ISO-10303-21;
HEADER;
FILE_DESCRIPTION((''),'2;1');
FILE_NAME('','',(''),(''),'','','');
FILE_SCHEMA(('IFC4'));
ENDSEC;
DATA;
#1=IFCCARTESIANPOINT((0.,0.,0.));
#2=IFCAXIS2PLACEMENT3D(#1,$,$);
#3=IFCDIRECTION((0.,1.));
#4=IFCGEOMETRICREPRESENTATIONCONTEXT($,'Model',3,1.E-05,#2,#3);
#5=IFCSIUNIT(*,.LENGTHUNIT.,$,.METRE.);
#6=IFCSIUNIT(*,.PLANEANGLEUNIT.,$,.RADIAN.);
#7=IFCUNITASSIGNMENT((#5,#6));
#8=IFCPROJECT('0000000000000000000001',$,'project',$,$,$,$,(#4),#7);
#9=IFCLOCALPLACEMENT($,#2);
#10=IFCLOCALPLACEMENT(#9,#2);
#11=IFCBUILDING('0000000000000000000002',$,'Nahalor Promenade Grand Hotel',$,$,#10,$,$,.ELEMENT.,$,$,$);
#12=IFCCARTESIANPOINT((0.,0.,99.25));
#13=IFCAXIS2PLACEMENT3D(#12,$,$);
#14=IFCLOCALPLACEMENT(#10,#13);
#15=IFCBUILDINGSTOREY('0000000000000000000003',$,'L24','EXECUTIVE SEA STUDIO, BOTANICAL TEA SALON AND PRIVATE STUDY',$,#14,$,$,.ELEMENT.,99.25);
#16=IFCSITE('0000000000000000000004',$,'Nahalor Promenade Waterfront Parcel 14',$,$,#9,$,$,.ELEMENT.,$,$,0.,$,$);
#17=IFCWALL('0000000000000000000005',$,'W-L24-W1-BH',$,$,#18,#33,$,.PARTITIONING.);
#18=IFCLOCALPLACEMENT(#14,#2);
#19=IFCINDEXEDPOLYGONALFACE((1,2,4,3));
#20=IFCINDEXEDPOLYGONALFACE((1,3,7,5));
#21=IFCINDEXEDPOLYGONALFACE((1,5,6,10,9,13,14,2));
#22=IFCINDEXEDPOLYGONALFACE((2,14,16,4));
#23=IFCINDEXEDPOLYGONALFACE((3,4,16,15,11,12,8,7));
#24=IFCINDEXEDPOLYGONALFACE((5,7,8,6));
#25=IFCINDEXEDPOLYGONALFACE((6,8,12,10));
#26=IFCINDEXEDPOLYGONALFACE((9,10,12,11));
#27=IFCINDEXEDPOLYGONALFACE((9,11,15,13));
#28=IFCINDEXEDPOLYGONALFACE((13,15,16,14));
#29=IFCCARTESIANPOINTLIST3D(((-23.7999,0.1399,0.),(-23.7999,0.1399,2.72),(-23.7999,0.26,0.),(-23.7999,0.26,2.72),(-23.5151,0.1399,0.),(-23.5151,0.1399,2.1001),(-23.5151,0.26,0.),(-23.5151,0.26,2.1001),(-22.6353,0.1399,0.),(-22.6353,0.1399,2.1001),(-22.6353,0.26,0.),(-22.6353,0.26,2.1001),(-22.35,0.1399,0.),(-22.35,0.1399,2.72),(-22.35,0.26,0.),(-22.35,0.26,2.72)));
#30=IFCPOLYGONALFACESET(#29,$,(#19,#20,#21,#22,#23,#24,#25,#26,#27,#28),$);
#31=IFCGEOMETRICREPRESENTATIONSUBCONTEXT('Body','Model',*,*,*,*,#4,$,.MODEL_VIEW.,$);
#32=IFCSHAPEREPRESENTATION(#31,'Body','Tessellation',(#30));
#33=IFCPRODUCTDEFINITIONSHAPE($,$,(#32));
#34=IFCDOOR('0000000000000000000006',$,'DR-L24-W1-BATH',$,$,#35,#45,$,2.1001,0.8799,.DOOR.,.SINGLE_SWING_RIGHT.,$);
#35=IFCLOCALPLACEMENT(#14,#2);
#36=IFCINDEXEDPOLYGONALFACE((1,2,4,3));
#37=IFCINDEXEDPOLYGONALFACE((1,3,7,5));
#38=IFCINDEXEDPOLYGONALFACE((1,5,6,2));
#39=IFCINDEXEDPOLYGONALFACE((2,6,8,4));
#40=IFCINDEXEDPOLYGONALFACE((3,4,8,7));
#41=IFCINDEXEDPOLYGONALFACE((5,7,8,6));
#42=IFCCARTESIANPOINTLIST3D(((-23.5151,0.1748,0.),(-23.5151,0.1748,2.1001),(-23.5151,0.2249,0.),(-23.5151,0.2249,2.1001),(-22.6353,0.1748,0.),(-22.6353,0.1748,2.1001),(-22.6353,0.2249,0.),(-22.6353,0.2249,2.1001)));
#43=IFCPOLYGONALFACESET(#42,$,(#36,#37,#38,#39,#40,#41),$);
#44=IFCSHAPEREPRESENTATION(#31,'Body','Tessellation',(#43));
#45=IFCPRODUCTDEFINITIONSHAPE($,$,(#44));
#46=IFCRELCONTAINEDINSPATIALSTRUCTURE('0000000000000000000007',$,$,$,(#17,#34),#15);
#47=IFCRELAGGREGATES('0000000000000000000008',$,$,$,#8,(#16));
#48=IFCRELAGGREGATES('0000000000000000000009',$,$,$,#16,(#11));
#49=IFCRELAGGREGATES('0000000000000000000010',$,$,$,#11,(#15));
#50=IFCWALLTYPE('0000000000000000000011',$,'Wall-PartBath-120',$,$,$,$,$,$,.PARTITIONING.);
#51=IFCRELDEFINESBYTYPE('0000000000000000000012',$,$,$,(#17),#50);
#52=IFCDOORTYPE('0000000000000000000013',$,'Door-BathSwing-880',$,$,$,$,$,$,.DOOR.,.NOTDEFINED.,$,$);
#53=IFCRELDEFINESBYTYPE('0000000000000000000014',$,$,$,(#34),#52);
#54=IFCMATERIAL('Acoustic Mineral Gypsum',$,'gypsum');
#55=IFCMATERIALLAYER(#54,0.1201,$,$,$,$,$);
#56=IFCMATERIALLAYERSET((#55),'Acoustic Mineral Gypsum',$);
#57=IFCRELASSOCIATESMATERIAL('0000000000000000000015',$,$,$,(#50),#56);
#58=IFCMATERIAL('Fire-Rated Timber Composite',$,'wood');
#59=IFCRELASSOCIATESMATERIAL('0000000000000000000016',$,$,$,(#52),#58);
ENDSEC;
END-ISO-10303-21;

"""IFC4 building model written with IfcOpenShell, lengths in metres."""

from ifc_helpers import new_model, si_unit, direction, frame, frame_2d, origin, place, context, subcontext, project, spatial, rectangle, extrude, source, transform, mapped, material, layer, layer_set, type_object, element, fill, save


model = new_model("IFC4")

# Units and contexts
model_context = context("Model", 3, precision=1e-05, world=origin(), true_north=direction((0.0, 1.0)))
body_context = subcontext(model_context, "Body", "Model", "MODEL_VIEW")
ifc_project = project(units=[si_unit("LENGTHUNIT", "METRE"), si_unit("PLANEANGLEUNIT", "RADIAN")], contexts=[model_context])

# Site, building, storey
site_placement = place(None, origin())
site = spatial("IfcSite", under=ifc_project, at=site_placement, Name="Nahalor Promenade Waterfront Parcel 14", CompositionType="ELEMENT", RefElevation=0.0)
building_placement = place(site_placement, origin())
building = spatial("IfcBuilding", under=site, at=building_placement, Name="Nahalor Promenade Grand Hotel", CompositionType="ELEMENT")
storey_placement = place(building_placement, frame((0.0, 0.0, 99.25)))
storey = spatial("IfcBuildingStorey", under=building, at=storey_placement, Name="L24", Description="EXECUTIVE SEA STUDIO, BOTANICAL TEA SALON AND PRIVATE STUDY", CompositionType="ELEMENT", Elevation=99.25)

# Shared definitions
ifc_material_1 = material(Name="Acoustic Mineral Gypsum", Category="gypsum")
ifc_material_2 = material(Name="Fire-Rated Timber Composite", Category="wood")

# Shared definitions
ifc_layer_1 = layer(ifc_material_1, 0.1201)
ifc_layer_set_1 = layer_set([ifc_layer_1], Name="Acoustic Mineral Gypsum")
wall_type_1 = type_object("IfcWallType", Name="Wall-PartBath-120", PredefinedType="PARTITIONING", material=ifc_layer_set_1)

# Wall, opening, door
shared_shape_1 = source(origin(), body_context, "Body", "SweptSolid", [
    extrude(rectangle(XDim=1.45, YDim=0.1201, at=frame_2d((0.7251, 0.0))), origin(), (0.0, 0.0, 1.0), 2.72),
])
wall_1_placement = place(storey_placement, frame((-23.8, 0.2, 0.0), z_axis=(0.0, 0.0, 1.0), x_axis=(1.0, 0.0, 0.0)))
wall_1 = element("IfcWall", 1, at=wall_1_placement, inside=storey, type_object=wall_type_1, Name="W-L24-W1-BH", PredefinedType="PARTITIONING", context=body_context, shape_type="MappedRepresentation", body=[
    mapped(shared_shape_1, transform((0.0, 0.0, 0.0), scale=1.0)),
])
opening_1_placement = place(wall_1_placement, frame((0.2849, 0.0, 0.0)))
opening_1 = element("IfcOpeningElement", 2, at=opening_1_placement, cuts=wall_1, PredefinedType="OPENING", context=body_context, shape_type="SweptSolid", body=[
    extrude(rectangle(XDim=0.8799, YDim=2.1001, at=frame_2d((0.4399, 1.05))), frame((0.0, 0.0701, 0.0), z_axis=(0.0, -1.0, 0.0), x_axis=(1.0, 0.0, 0.0)), (0.0, 0.0, 1.0), 0.1401),
])
door_type_1 = type_object("IfcDoorType", Name="Door-BathSwing-880", OperationType="NOTDEFINED", PredefinedType="DOOR", material=ifc_material_2)
shared_shape_2 = source(origin(), body_context, "Body", "SweptSolid", [
    extrude(rectangle(XDim=0.8799, YDim=2.1001, at=frame_2d((0.4399, 1.05))), frame((0.0, 0.0249, 0.0), z_axis=(0.0, -1.0, 0.0), x_axis=(1.0, 0.0, 0.0)), (0.0, 0.0, 1.0), 0.05),
])
door_1_placement = place(opening_1_placement, origin())
door_1 = element("IfcDoor", 3, at=door_1_placement, inside=storey, type_object=door_type_1, Name="DR-L24-W1-BATH", OperationType="SINGLE_SWING_RIGHT", OverallHeight=2.1001, OverallWidth=0.8799, PredefinedType="DOOR", context=body_context, shape_type="MappedRepresentation", body=[
    mapped(shared_shape_2, transform((0.0, 0.0, 0.0), scale=1.0)),
])
fill(opening_1, door_1)

save(model, "model.ifc")
